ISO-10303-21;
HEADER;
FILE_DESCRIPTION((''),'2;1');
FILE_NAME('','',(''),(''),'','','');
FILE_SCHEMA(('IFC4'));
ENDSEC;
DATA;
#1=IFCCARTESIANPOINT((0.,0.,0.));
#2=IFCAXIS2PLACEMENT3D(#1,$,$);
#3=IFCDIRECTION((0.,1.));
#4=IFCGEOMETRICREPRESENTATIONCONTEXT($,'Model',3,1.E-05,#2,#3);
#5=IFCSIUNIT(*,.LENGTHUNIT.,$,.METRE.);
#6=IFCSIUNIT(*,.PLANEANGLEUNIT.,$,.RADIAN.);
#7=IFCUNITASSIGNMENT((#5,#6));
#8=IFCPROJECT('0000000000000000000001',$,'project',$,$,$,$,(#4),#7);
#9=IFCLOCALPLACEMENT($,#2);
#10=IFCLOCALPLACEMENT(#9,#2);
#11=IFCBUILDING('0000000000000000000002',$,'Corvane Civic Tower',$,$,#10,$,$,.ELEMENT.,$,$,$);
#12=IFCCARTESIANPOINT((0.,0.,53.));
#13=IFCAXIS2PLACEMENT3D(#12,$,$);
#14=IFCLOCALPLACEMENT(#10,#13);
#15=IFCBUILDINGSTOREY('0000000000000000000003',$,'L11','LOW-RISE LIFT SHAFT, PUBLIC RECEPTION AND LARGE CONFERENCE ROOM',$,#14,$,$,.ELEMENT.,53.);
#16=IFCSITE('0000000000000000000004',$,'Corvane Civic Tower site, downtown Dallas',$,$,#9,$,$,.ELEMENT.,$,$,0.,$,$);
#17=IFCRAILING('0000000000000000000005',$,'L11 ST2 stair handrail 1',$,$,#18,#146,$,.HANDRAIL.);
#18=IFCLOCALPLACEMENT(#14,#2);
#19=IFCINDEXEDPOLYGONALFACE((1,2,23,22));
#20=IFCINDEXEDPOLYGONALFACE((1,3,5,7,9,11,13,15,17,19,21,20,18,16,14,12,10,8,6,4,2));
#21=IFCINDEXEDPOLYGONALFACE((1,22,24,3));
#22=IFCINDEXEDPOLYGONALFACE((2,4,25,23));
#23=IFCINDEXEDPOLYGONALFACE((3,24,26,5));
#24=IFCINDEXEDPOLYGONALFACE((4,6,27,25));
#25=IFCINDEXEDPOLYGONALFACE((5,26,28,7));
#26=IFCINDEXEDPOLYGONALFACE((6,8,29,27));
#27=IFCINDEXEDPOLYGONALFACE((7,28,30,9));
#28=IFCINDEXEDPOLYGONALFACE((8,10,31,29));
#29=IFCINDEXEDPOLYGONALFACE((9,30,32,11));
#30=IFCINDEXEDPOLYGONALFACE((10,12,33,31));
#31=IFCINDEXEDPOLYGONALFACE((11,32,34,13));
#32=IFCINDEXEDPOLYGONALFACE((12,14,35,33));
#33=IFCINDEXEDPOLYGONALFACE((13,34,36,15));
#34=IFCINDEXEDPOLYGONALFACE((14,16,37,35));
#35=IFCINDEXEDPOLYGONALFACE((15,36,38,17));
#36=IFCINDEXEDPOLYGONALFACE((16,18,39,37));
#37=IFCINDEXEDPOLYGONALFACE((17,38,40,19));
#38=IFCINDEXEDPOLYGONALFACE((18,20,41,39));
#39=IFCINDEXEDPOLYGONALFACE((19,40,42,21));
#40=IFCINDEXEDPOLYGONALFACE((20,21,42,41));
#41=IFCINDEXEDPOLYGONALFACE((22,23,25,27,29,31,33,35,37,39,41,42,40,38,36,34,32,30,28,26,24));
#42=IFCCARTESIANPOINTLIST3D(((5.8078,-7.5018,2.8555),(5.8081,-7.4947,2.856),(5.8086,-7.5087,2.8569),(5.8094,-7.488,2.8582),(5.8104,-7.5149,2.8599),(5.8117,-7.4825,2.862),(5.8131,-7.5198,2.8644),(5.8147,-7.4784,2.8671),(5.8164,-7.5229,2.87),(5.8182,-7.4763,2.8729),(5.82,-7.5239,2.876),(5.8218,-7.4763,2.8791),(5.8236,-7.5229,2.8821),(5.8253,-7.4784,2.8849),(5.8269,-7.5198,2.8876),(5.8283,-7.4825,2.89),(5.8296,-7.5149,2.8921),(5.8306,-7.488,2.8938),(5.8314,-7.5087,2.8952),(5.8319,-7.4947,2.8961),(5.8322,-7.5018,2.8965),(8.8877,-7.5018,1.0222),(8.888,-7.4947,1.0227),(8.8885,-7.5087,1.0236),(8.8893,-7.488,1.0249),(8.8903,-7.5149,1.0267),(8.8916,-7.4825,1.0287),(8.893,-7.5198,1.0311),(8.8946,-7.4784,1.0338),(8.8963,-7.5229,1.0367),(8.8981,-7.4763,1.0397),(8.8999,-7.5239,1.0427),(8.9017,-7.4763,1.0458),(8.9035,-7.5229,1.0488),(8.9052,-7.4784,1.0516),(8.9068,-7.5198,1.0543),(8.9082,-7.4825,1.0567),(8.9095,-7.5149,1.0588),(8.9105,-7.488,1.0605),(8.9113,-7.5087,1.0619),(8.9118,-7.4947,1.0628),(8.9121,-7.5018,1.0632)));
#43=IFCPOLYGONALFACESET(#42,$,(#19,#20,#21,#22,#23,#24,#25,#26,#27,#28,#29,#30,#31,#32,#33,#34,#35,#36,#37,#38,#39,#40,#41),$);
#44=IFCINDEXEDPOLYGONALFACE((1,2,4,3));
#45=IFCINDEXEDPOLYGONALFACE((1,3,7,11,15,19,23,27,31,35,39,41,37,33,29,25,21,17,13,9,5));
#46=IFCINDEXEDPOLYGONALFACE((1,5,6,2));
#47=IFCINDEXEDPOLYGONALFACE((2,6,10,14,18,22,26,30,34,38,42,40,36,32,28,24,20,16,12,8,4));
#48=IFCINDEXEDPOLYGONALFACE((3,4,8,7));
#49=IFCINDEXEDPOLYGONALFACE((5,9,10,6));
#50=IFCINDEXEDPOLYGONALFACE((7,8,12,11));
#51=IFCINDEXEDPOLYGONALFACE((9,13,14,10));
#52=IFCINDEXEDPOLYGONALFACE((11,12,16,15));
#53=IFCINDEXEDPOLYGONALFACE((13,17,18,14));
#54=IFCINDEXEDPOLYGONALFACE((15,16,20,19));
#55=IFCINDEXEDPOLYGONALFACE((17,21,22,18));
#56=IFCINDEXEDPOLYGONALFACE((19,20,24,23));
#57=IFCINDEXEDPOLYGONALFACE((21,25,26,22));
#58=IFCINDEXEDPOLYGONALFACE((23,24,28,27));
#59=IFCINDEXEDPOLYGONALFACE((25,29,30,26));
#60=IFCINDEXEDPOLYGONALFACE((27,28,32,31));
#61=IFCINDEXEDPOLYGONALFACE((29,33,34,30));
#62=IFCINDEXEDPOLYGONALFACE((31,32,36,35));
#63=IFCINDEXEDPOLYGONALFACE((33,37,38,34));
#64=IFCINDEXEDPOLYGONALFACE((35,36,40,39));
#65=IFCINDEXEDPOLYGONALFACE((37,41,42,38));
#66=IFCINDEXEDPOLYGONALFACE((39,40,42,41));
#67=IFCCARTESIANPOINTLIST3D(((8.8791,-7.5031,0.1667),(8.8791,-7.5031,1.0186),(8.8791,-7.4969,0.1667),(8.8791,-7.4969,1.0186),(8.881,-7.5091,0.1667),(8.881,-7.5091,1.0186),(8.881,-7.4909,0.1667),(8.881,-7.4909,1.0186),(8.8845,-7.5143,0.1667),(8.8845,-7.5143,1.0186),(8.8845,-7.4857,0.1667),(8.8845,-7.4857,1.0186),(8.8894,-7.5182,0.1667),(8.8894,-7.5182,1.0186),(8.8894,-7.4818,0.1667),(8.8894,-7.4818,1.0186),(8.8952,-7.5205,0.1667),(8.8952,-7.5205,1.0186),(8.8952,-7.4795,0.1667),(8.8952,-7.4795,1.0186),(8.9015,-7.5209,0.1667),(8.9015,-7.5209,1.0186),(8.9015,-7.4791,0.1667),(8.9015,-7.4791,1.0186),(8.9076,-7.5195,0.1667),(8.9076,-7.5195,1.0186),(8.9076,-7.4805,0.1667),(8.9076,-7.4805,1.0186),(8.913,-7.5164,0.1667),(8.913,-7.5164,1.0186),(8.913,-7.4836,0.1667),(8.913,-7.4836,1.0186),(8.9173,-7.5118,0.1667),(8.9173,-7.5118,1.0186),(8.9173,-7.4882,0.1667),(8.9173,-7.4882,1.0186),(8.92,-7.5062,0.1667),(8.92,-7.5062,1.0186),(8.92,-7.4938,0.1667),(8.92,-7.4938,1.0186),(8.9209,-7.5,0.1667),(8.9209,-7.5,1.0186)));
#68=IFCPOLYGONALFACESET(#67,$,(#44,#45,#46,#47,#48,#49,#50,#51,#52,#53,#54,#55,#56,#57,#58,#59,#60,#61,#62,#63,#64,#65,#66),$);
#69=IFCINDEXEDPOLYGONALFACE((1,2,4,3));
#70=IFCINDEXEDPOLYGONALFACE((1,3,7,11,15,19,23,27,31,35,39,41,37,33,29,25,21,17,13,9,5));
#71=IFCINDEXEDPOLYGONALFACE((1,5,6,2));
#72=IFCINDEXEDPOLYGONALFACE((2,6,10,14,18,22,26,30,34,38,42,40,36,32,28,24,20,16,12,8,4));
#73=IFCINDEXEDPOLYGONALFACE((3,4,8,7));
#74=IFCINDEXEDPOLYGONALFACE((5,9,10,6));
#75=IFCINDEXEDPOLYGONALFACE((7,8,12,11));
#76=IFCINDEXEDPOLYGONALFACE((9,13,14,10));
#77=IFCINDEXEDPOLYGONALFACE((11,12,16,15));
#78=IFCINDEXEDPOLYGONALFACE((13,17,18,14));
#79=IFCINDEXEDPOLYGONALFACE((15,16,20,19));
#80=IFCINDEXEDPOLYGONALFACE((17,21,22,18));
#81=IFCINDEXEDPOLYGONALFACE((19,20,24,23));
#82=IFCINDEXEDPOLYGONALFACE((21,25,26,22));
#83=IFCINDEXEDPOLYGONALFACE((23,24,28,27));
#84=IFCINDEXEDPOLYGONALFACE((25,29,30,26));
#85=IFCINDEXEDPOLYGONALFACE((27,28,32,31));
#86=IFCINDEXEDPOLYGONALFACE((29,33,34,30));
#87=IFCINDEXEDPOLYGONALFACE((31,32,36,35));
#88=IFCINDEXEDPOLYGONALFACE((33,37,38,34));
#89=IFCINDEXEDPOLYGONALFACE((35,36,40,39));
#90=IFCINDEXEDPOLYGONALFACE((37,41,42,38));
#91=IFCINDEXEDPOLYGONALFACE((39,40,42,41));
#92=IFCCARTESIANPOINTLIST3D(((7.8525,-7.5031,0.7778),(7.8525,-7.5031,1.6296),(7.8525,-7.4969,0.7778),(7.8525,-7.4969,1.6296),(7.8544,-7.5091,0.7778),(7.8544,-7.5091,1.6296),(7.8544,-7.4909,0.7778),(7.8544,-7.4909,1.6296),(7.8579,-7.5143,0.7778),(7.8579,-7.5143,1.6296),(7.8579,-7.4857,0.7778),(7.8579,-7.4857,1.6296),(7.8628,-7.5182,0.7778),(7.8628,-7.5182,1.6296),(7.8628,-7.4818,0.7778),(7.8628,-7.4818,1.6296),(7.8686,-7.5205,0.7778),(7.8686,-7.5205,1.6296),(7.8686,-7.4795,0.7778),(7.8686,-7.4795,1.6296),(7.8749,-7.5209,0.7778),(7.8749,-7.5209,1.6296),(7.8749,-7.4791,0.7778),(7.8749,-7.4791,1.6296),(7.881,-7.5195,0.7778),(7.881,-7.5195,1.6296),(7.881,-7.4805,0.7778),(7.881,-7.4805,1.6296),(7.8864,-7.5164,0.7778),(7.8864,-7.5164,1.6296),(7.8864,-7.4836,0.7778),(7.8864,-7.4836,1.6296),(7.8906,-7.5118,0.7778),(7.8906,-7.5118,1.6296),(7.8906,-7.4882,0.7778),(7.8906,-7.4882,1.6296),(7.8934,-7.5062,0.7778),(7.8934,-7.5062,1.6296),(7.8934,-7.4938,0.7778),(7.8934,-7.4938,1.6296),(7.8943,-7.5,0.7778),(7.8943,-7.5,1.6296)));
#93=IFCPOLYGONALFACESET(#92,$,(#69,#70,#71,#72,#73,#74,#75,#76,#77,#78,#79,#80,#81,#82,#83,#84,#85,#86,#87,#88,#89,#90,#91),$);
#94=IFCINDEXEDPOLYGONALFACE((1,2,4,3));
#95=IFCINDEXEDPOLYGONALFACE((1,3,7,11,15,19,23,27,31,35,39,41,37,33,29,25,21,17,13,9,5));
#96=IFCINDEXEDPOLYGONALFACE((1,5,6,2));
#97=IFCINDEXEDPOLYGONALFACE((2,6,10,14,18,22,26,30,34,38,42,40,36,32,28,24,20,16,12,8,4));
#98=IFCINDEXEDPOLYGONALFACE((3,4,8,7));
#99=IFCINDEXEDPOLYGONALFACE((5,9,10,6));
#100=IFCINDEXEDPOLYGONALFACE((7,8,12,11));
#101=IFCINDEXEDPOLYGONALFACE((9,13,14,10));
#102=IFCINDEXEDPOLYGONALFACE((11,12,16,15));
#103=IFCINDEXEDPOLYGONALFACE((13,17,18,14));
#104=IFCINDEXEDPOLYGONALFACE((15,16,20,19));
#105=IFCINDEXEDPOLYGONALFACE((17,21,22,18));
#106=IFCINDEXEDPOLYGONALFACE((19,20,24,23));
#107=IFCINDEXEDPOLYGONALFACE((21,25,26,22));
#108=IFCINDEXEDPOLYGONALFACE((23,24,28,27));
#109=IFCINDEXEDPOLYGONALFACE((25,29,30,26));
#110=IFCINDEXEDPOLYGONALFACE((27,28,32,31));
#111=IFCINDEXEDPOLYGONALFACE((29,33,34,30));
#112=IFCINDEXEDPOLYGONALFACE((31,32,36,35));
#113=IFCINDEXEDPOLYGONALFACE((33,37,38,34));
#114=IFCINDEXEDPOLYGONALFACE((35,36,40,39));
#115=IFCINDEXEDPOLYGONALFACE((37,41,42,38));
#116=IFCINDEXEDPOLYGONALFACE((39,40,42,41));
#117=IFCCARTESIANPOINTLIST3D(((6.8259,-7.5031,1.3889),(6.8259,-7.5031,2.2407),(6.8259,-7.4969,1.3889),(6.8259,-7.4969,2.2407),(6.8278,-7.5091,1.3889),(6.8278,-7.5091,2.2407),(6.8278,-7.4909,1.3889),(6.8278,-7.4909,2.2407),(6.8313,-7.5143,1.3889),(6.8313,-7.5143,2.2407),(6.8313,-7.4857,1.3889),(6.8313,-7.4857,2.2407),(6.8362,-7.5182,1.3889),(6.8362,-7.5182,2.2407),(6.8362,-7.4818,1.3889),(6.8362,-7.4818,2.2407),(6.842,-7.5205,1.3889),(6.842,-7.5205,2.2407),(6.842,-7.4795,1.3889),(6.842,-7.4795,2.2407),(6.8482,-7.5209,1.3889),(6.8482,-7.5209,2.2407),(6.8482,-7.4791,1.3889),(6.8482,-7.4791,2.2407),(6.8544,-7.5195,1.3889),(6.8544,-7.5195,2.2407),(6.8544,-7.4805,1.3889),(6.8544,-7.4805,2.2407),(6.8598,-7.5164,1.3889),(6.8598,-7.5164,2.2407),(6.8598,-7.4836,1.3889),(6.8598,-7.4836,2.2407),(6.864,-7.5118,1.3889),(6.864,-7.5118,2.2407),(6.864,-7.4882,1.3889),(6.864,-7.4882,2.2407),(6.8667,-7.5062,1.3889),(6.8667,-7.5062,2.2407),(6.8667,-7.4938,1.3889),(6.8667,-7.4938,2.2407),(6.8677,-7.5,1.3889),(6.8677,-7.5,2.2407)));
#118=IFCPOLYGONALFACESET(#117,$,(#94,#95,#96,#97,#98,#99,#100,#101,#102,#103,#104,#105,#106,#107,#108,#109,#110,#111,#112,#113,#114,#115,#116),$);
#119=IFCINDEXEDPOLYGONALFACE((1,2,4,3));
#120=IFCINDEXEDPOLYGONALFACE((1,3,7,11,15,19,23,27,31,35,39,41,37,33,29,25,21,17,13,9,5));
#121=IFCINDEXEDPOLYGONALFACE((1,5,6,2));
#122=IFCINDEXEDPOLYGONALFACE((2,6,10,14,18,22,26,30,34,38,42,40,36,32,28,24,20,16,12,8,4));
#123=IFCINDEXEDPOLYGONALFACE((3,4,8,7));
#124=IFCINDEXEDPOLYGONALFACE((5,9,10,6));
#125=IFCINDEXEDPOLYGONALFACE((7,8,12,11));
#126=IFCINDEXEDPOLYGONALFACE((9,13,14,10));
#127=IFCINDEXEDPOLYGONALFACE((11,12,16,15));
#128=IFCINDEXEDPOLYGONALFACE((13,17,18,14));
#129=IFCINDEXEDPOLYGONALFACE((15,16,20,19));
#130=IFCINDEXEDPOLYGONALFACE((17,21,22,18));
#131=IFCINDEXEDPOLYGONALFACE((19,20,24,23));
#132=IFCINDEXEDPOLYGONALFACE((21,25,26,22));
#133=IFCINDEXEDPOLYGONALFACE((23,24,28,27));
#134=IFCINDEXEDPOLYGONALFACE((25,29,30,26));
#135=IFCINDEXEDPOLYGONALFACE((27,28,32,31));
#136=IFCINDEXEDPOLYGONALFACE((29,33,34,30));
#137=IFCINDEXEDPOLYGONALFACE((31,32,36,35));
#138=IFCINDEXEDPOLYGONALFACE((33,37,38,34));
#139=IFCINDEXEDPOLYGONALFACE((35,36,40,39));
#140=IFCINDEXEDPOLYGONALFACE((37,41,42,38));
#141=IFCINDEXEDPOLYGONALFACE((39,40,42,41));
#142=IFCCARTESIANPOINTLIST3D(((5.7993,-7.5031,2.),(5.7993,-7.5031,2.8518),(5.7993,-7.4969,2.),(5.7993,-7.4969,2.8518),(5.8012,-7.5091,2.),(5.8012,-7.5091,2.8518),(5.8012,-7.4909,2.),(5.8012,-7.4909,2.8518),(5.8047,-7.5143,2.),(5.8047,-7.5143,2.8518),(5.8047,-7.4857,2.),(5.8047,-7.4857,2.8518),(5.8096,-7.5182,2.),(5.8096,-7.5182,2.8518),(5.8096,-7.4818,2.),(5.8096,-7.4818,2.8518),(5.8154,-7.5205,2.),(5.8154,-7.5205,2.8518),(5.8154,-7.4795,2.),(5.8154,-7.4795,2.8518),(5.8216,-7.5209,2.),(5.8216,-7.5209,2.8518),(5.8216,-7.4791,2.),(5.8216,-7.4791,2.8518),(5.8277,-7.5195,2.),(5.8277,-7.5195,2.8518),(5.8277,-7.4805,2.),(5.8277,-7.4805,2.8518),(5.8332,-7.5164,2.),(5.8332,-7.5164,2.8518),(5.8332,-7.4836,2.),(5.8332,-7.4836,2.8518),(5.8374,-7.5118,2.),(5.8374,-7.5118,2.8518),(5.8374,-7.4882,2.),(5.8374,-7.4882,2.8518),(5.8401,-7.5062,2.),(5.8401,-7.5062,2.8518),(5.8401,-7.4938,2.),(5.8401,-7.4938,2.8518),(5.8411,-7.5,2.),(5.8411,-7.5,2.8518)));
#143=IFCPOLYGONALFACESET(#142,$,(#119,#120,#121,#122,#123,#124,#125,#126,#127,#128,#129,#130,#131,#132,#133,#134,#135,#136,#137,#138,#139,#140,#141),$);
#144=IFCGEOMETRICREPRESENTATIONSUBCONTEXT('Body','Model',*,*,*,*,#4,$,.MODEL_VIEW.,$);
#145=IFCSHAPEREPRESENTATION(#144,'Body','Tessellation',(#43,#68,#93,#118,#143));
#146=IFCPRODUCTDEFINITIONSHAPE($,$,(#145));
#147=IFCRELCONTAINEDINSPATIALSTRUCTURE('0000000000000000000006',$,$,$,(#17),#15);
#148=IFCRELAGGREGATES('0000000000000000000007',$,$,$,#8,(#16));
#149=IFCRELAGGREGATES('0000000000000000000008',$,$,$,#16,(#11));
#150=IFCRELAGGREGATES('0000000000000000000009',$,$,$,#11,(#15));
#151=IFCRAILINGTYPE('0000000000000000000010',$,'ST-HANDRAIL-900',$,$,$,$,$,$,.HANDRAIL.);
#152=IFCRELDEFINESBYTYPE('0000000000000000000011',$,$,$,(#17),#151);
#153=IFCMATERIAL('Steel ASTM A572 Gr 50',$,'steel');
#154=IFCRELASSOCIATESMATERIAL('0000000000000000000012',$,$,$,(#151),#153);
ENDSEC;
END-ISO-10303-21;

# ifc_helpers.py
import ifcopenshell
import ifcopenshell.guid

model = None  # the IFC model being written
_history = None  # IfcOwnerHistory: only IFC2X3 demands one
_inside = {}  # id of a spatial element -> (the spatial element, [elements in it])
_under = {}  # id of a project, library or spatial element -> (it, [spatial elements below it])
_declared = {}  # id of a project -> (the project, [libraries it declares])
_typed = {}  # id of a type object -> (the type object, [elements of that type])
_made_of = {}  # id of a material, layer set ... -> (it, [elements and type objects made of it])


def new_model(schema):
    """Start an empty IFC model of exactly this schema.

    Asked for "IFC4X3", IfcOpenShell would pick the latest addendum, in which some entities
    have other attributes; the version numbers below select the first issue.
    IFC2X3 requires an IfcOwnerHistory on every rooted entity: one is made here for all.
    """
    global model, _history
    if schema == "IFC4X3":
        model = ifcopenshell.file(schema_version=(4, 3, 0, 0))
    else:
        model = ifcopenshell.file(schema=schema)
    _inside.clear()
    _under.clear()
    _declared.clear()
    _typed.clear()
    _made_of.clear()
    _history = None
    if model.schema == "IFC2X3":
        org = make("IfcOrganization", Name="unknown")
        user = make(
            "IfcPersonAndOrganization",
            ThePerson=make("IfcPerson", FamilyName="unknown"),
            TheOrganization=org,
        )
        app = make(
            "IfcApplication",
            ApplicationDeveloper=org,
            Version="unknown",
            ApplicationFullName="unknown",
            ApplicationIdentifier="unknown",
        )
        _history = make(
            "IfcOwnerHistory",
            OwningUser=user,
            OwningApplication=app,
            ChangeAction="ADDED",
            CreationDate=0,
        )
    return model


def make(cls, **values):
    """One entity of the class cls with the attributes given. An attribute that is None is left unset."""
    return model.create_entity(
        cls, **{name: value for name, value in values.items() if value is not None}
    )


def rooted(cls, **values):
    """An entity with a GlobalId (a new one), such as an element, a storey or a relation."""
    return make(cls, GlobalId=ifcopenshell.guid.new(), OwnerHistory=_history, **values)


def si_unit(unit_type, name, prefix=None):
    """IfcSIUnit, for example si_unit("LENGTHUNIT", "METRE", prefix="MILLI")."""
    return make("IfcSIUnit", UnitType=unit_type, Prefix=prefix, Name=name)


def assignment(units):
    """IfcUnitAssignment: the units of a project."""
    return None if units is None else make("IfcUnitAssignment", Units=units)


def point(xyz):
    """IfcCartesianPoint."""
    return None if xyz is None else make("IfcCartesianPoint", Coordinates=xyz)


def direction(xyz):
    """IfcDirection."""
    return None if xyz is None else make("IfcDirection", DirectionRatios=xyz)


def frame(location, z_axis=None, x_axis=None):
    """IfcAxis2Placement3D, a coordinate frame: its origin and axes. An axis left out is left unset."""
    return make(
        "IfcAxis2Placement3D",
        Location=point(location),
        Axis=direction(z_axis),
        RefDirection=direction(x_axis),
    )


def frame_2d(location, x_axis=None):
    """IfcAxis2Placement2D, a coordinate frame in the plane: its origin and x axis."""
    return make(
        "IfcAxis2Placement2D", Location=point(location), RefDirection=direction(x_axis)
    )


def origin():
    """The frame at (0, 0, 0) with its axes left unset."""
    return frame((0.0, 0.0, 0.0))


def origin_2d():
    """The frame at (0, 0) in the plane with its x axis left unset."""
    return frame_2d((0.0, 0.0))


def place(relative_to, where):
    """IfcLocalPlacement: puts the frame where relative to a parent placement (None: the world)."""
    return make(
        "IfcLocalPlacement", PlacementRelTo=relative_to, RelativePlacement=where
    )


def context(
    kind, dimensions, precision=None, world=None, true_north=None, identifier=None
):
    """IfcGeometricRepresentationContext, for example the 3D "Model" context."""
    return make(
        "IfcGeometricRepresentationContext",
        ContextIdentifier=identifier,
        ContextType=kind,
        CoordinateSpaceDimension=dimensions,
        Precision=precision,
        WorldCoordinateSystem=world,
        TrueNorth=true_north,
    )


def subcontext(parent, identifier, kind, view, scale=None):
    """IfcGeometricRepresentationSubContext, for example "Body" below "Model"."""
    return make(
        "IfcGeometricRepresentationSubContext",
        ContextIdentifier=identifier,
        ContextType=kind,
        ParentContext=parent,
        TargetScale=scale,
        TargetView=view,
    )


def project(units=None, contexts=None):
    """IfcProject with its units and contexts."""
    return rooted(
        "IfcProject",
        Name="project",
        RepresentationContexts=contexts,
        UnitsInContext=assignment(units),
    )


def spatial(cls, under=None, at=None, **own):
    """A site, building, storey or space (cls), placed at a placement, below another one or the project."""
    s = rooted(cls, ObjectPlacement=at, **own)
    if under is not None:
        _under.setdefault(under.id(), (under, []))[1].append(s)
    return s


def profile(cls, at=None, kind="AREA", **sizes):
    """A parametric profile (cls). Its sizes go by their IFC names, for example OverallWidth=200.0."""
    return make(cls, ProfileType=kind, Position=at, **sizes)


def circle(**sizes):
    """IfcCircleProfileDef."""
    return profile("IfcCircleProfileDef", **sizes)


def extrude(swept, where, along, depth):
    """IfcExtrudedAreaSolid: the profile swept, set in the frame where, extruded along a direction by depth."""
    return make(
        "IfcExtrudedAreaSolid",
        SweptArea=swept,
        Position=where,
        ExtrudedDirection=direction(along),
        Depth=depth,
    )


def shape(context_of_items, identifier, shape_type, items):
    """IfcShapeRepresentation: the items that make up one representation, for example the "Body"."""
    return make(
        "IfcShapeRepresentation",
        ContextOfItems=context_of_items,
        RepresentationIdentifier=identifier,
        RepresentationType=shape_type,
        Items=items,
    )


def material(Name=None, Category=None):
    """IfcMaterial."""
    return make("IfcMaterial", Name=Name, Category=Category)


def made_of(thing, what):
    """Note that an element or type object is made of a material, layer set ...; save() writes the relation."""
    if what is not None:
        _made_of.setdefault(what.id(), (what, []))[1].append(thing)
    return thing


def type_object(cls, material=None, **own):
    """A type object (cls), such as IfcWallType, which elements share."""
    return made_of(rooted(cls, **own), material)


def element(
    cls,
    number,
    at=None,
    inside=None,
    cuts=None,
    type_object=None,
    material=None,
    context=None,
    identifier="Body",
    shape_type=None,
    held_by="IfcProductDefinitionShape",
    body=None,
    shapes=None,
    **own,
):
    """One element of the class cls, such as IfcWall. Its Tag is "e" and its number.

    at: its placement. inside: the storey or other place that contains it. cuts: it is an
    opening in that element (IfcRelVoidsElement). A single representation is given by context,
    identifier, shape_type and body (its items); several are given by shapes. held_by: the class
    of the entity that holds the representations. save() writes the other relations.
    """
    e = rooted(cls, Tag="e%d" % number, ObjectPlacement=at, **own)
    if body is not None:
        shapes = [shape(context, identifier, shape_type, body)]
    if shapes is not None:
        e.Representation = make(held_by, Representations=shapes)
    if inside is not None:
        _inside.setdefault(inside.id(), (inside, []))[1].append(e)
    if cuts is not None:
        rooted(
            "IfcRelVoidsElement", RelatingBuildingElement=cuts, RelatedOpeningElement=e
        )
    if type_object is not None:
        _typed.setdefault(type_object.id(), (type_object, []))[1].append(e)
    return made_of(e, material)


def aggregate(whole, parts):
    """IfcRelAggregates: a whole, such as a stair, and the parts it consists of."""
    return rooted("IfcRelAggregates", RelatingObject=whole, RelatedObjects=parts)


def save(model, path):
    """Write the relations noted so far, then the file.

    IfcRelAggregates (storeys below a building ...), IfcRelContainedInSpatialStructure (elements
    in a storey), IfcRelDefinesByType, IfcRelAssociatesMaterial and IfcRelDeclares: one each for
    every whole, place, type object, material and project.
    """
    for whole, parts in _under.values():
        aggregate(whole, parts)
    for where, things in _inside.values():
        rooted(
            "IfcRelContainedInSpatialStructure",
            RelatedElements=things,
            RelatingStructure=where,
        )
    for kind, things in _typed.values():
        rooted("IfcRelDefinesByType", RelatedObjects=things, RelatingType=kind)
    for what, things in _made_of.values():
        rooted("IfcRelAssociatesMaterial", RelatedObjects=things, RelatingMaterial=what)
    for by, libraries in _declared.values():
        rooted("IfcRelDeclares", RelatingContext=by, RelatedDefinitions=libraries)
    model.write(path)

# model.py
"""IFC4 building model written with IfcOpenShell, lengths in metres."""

from ifc_helpers import new_model, si_unit, direction, frame, origin, origin_2d, place, context, subcontext, project, spatial, circle, extrude, material, type_object, element, save


model = new_model("IFC4")

# Units and contexts
model_context = context("Model", 3, precision=1e-05, world=origin(), true_north=direction((0.0, 1.0)))
body_context = subcontext(model_context, "Body", "Model", "MODEL_VIEW")
ifc_project = project(units=[si_unit("LENGTHUNIT", "METRE"), si_unit("PLANEANGLEUNIT", "RADIAN")], contexts=[model_context])

# Site, building, storey
site_placement = place(None, origin())
site = spatial("IfcSite", under=ifc_project, at=site_placement, Name="Corvane Civic Tower site, downtown Dallas", CompositionType="ELEMENT", RefElevation=0.0)
building_placement = place(site_placement, origin())
building = spatial("IfcBuilding", under=site, at=building_placement, Name="Corvane Civic Tower", CompositionType="ELEMENT")
storey_placement = place(building_placement, frame((0.0, 0.0, 53.0)))
storey = spatial("IfcBuildingStorey", under=building, at=storey_placement, Name="L11", Description="LOW-RISE LIFT SHAFT, PUBLIC RECEPTION AND LARGE CONFERENCE ROOM", CompositionType="ELEMENT", Elevation=53.0)

# Railing
ifc_material_1 = material(Name="Steel ASTM A572 Gr 50", Category="steel")
railing_type_1 = type_object("IfcRailingType", Name="ST-HANDRAIL-900", PredefinedType="HANDRAIL", material=ifc_material_1)
railing_1_placement = place(storey_placement, frame((8.8999, -7.5, 0.1667)))
element("IfcRailing", 1, at=railing_1_placement, inside=storey, type_object=railing_type_1, Name="L11 ST2 stair handrail 1", PredefinedType="HANDRAIL", context=body_context, shape_type="SweptSolid", body=[
    extrude(circle(Radius=0.0239, at=origin_2d()), frame((0.0, 0.0, 0.876), z_axis=(-0.859291, 0.0, 0.511487), x_axis=(0.0, -1.0, 0.0)), (0.0, 0.0, 1.0), 3.5842),
    extrude(circle(Radius=0.021, at=origin_2d()), origin(), (0.0, 0.0, 1.0), 0.8518),
    extrude(circle(Radius=0.021, at=origin_2d()), frame((-1.0266, 0.0, 0.6111)), (0.0, 0.0, 1.0), 0.8518),
    extrude(circle(Radius=0.021, at=origin_2d()), frame((-2.0532, 0.0, 1.2222)), (0.0, 0.0, 1.0), 0.8518),
    extrude(circle(Radius=0.021, at=origin_2d()), frame((-3.0798, 0.0, 1.8333)), (0.0, 0.0, 1.0), 0.8518),
])

save(model, "model.ifc")
